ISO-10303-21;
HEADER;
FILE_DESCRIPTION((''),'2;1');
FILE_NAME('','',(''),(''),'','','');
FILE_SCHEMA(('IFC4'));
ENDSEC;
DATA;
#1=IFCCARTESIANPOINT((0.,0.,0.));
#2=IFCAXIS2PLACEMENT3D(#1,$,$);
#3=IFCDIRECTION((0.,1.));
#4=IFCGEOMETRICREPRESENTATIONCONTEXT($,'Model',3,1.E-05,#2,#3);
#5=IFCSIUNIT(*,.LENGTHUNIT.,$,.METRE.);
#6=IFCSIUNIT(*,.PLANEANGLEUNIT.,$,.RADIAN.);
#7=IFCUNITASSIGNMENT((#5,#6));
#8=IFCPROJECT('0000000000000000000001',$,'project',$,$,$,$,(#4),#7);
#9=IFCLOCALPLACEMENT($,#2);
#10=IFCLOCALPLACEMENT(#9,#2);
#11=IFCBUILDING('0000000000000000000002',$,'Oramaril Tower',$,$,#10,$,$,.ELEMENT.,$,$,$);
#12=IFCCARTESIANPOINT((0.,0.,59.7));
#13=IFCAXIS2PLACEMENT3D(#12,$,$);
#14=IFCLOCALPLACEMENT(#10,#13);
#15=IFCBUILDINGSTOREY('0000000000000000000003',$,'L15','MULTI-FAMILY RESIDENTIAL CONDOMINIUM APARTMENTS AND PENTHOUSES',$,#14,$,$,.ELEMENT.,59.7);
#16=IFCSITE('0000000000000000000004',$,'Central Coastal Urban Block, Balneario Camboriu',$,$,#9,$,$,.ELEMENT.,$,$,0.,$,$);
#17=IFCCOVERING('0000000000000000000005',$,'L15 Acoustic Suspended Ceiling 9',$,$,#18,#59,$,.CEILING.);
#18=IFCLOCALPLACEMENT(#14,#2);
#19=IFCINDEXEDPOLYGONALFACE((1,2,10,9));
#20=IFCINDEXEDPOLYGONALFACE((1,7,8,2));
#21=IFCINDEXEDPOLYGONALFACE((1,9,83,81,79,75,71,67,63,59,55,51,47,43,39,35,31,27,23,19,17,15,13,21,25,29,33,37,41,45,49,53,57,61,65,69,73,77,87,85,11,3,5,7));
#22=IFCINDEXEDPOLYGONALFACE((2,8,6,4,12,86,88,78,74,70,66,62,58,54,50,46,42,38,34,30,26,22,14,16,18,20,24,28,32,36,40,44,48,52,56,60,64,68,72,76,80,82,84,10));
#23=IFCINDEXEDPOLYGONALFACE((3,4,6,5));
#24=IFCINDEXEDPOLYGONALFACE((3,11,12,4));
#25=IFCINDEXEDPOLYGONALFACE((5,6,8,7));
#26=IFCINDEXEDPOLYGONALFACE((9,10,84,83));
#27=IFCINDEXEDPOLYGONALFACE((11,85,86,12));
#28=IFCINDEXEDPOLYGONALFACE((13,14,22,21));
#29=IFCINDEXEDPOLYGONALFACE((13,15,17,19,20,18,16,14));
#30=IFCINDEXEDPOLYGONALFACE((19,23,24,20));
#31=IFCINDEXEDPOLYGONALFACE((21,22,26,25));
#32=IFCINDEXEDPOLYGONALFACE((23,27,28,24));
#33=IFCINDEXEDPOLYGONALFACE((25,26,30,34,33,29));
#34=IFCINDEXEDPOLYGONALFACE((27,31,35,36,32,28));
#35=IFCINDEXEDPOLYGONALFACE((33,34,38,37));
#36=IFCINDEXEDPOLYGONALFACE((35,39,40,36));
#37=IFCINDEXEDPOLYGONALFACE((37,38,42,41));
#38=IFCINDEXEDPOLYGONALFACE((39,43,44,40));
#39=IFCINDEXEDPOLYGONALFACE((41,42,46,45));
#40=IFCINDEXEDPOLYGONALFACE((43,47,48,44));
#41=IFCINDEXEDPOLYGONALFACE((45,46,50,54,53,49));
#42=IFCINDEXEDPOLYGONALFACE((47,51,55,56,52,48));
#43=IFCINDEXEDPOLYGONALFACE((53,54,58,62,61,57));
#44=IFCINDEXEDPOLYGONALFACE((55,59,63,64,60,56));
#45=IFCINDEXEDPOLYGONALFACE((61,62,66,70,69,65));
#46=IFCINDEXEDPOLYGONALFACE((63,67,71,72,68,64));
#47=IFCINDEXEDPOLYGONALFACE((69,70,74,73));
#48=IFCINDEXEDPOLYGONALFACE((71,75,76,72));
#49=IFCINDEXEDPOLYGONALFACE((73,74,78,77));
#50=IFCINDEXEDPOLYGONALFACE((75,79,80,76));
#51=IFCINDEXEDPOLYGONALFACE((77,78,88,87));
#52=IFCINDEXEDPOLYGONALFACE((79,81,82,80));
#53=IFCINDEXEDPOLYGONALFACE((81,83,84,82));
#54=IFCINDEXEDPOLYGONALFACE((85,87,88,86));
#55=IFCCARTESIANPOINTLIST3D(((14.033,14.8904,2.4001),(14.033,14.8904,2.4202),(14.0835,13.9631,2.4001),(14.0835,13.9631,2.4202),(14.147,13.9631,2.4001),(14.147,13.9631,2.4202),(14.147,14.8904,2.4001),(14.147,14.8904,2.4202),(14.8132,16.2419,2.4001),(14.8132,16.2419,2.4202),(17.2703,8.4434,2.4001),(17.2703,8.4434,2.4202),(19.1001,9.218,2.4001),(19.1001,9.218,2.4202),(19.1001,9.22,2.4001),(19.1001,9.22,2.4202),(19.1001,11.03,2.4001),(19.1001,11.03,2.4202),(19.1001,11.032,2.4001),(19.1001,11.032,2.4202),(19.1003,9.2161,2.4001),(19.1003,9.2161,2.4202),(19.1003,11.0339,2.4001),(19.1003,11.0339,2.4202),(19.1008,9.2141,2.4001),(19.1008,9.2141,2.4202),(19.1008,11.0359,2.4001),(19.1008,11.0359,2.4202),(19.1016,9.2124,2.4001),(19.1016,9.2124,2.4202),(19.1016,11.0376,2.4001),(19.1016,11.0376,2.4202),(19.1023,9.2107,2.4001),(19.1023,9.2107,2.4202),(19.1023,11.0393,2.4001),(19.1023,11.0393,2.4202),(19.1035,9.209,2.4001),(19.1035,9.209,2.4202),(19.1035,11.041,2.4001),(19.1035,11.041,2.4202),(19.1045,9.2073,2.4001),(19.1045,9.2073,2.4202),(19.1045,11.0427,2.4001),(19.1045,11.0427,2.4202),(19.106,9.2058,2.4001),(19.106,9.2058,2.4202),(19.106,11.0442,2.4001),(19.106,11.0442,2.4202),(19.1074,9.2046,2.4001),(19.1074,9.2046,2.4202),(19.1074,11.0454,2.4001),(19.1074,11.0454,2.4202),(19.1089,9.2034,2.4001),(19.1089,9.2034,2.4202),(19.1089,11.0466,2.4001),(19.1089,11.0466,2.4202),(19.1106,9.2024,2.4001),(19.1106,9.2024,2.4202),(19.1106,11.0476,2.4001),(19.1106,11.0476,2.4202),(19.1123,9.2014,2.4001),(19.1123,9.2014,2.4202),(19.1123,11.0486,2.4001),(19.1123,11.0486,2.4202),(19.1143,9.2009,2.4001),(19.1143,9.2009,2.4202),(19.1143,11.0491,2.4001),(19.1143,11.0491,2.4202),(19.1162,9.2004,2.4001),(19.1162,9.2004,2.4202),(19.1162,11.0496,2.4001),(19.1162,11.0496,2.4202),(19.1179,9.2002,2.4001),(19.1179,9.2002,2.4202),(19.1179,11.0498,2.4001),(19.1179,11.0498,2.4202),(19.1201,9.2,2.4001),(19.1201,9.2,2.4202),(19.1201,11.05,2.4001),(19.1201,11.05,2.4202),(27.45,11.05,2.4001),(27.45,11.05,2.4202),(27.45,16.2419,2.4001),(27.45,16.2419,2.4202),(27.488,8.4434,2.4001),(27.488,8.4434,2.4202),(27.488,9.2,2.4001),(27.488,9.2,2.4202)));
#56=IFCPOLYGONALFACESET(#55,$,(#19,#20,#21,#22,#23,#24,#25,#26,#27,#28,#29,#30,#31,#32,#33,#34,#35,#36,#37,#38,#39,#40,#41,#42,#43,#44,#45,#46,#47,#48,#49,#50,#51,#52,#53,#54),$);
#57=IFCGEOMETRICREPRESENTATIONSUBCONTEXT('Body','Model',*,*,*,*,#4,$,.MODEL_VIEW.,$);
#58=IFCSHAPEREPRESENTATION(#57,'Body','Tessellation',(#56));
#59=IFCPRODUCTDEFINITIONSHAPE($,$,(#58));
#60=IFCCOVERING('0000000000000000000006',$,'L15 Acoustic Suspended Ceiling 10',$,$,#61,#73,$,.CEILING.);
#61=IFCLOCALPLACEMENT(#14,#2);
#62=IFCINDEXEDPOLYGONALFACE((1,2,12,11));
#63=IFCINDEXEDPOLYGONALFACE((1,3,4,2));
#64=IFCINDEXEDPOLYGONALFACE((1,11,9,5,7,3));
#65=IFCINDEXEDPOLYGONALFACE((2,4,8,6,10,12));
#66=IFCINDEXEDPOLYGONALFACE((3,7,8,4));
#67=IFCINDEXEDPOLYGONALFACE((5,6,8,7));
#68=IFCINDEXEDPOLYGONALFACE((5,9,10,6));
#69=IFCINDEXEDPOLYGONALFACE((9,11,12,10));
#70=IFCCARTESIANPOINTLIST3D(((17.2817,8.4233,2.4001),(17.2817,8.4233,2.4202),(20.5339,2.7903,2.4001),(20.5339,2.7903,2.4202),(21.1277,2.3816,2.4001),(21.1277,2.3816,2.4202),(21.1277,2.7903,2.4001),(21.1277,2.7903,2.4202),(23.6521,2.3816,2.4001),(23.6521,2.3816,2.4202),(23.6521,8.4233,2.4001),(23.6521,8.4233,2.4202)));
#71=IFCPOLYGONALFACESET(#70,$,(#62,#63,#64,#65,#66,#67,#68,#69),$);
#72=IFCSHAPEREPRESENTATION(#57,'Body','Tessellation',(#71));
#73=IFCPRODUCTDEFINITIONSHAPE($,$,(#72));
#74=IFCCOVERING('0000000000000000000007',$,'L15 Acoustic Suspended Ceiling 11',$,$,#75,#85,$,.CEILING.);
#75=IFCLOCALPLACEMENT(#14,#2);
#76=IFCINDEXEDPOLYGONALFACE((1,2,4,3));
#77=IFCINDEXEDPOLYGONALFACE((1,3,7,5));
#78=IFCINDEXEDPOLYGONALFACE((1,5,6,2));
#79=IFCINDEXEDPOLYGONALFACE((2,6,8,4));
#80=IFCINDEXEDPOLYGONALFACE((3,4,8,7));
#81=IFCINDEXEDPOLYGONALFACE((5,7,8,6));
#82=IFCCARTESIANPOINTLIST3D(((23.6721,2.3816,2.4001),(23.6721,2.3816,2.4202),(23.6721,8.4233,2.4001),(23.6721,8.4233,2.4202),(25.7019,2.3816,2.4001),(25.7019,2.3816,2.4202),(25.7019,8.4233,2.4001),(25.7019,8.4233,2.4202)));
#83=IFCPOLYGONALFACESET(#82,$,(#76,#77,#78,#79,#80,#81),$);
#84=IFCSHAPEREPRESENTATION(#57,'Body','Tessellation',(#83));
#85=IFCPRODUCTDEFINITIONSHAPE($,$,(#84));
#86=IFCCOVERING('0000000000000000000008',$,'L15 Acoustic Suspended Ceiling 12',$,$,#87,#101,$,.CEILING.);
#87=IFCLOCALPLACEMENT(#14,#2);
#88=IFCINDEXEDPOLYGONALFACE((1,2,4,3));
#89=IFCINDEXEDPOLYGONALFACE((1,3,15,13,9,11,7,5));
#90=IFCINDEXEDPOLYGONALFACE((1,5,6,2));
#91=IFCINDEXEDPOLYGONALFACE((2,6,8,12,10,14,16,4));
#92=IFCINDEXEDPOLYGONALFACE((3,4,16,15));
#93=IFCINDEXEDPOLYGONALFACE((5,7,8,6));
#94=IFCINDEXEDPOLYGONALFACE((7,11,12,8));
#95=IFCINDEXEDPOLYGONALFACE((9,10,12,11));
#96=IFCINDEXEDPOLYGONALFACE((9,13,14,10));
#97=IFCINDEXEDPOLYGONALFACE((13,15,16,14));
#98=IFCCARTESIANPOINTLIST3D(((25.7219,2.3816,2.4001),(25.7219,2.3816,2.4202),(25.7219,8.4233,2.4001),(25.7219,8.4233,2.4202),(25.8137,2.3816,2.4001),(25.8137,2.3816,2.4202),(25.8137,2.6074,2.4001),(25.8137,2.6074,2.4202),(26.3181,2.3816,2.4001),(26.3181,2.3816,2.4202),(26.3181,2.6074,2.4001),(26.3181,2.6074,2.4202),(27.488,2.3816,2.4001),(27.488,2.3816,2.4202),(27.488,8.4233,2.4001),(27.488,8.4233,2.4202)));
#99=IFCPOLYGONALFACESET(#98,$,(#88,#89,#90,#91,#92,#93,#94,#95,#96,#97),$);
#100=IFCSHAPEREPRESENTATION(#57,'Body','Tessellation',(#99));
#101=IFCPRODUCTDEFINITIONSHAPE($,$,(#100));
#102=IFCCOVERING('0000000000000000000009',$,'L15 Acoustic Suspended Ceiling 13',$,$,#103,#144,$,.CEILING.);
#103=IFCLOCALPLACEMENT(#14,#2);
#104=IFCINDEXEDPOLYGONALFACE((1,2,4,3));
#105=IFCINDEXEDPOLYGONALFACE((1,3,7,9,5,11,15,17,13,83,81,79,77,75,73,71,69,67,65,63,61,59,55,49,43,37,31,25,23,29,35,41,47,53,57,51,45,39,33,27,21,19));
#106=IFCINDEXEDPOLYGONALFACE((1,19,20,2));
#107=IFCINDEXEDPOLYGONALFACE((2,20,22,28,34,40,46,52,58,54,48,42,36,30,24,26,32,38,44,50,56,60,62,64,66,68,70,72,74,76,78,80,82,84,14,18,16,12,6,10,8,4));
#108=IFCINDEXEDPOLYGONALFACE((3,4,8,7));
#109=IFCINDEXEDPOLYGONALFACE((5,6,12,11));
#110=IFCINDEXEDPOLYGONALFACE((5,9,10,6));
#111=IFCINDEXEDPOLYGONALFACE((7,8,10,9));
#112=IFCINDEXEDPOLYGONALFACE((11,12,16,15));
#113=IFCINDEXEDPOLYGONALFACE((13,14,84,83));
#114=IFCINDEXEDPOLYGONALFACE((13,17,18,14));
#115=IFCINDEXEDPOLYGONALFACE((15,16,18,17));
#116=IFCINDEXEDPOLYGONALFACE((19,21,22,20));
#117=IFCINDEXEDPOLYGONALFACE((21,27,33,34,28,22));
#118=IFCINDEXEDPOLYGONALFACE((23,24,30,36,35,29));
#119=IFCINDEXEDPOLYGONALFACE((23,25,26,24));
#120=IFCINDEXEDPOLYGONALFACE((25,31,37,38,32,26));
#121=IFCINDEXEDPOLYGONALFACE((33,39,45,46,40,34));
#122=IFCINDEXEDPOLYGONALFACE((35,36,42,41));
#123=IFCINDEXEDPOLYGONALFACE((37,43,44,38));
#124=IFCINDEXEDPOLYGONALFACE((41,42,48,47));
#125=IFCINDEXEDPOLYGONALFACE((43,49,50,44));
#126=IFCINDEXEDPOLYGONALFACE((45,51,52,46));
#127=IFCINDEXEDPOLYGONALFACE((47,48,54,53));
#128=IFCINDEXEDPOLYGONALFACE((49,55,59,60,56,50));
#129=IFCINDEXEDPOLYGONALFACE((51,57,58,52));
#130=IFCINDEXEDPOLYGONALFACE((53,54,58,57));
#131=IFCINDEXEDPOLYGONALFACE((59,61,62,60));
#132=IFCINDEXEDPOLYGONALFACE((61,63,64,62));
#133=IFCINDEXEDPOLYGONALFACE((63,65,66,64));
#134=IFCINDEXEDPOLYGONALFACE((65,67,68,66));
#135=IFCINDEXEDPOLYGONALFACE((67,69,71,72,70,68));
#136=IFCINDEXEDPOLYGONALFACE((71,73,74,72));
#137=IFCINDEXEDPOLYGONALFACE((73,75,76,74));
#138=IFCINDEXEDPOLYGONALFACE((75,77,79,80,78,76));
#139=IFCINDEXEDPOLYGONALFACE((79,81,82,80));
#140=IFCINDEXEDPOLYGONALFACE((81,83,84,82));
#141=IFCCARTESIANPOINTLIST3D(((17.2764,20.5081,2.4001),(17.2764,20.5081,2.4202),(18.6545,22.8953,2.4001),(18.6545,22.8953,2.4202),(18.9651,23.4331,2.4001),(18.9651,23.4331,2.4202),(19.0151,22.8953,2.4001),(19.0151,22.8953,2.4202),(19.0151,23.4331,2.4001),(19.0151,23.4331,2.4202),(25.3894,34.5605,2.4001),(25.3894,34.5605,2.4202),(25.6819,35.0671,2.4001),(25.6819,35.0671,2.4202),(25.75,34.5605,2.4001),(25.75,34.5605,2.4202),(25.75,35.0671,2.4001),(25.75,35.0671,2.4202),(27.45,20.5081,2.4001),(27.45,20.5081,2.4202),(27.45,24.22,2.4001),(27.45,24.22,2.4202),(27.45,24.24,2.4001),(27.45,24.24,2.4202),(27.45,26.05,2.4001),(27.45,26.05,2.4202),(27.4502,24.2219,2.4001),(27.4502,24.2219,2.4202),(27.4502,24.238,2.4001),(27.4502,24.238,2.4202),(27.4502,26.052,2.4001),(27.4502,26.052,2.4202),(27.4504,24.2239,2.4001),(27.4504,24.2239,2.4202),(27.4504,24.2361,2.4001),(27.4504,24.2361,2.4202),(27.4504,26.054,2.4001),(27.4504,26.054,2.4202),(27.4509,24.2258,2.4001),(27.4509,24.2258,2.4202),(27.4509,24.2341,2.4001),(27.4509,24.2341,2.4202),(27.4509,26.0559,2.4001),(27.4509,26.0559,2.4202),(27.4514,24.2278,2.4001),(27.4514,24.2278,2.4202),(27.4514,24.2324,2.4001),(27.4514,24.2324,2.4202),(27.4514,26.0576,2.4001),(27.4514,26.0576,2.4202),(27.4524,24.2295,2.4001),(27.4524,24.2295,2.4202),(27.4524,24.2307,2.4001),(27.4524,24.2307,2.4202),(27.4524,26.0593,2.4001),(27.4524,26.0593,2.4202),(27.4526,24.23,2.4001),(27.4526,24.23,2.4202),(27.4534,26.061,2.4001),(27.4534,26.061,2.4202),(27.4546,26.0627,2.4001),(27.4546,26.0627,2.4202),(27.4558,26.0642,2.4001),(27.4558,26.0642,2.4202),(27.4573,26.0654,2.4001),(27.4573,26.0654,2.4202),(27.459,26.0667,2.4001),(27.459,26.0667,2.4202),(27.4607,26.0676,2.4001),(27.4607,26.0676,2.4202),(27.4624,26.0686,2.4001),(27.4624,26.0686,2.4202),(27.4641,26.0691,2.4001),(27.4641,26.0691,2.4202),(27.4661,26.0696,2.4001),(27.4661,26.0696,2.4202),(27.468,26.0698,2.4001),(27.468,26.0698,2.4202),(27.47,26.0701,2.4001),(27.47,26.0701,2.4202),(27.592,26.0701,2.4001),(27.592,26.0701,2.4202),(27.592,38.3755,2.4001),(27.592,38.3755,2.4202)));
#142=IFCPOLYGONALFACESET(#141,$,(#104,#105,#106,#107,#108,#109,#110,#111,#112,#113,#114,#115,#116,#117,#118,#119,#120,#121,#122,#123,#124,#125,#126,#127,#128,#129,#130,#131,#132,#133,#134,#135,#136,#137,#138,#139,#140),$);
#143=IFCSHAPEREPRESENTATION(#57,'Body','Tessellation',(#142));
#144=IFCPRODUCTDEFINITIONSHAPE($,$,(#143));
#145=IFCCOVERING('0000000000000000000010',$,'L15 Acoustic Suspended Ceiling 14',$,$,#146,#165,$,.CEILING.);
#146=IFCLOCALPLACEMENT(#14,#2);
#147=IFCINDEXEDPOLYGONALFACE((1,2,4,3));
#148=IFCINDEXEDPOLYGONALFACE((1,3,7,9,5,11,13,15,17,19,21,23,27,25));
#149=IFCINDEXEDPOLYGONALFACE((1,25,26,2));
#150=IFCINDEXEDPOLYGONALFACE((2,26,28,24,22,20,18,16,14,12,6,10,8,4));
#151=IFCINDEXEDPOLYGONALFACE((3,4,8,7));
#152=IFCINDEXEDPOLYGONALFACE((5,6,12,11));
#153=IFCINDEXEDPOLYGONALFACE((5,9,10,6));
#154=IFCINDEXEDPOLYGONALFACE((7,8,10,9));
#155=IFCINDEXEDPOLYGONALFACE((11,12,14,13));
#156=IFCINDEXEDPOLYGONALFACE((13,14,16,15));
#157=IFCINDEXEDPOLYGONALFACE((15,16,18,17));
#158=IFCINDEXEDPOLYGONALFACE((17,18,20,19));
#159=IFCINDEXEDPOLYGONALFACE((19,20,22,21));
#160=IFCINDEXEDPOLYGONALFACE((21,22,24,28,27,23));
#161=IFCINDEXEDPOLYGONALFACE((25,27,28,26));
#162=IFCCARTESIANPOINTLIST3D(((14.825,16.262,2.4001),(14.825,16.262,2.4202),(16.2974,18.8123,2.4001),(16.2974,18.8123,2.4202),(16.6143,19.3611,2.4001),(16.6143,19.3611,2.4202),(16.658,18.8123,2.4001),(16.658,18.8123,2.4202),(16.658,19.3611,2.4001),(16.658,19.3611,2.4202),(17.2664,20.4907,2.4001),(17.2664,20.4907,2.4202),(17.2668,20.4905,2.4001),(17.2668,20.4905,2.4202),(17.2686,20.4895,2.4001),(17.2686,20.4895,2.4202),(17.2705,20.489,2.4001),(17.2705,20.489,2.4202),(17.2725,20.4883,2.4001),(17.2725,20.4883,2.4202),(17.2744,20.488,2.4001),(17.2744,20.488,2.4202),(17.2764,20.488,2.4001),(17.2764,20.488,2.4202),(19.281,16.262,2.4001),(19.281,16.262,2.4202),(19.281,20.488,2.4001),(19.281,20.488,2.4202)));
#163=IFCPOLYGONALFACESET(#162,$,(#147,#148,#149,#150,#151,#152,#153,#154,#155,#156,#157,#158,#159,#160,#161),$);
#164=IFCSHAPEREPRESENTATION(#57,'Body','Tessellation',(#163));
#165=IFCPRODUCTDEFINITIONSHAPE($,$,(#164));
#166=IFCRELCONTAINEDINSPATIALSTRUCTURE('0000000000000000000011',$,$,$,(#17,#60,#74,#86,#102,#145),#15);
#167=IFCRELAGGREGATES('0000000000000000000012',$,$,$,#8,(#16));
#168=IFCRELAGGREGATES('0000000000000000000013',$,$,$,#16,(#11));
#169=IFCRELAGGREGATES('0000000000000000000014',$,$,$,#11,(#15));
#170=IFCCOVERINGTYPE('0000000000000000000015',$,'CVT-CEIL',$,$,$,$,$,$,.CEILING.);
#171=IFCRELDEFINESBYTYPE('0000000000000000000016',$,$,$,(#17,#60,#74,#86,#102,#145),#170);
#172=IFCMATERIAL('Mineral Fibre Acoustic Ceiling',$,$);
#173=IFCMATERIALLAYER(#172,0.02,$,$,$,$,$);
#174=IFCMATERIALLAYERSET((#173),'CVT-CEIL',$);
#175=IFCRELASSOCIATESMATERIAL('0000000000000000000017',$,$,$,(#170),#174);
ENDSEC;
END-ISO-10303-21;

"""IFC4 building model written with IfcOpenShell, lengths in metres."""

from ifc_helpers import new_model, si_unit, direction, frame, origin, place, context, subcontext, project, spatial, polyline, outline, extrude, material, layer, layer_set, type_object, element, save


model = new_model("IFC4")

# Units and contexts
model_context = context("Model", 3, precision=1e-05, world=origin(), true_north=direction((0.0, 1.0)))
body_context = subcontext(model_context, "Body", "Model", "MODEL_VIEW")
ifc_project = project(units=[si_unit("LENGTHUNIT", "METRE"), si_unit("PLANEANGLEUNIT", "RADIAN")], contexts=[model_context])

# Site, building, storey
site_placement = place(None, origin())
site = spatial("IfcSite", under=ifc_project, at=site_placement, Name="Central Coastal Urban Block, Balneario Camboriu", CompositionType="ELEMENT", RefElevation=0.0)
building_placement = place(site_placement, origin())
building = spatial("IfcBuilding", under=site, at=building_placement, Name="Oramaril Tower", CompositionType="ELEMENT")
storey_placement = place(building_placement, frame((0.0, 0.0, 59.7)))
storey = spatial("IfcBuildingStorey", under=building, at=storey_placement, Name="L15", Description="MULTI-FAMILY RESIDENTIAL CONDOMINIUM APARTMENTS AND PENTHOUSES", CompositionType="ELEMENT", Elevation=59.7)

# Coverings
ifc_material_1 = material(Name="Mineral Fibre Acoustic Ceiling")
ifc_layer_1 = layer(ifc_material_1, 0.02)
ifc_layer_set_1 = layer_set([ifc_layer_1], Name="CVT-CEIL")
covering_type_1 = type_object("IfcCoveringType", Name="CVT-CEIL", PredefinedType="CEILING", material=ifc_layer_set_1)
covering_1_placement = place(storey_placement, frame((0.0, 0.0, 2.4001)))
element("IfcCovering", 1, at=covering_1_placement, inside=storey, type_object=covering_type_1, Name="L15 Acoustic Suspended Ceiling 9", PredefinedType="CEILING", context=body_context, shape_type="SweptSolid", body=[
    extrude(outline(polyline([(27.45, 16.2419), (27.45, 11.05), (19.1201, 11.05), (19.1179, 11.0498), (19.1162, 11.0496), (19.1143, 11.0491), (19.1123, 11.0486), (19.1106, 11.0476), (19.1089, 11.0466), (19.1074, 11.0454), (19.106, 11.0442), (19.1045, 11.0427), (19.1035, 11.041), (19.1023, 11.0393), (19.1016, 11.0376), (19.1008, 11.0359), (19.1003, 11.0339), (19.1001, 11.032), (19.1001, 11.03), (19.1001, 9.22), (19.1001, 9.218), (19.1003, 9.2161), (19.1008, 9.2141), (19.1016, 9.2124), (19.1023, 9.2107), (19.1035, 9.209), (19.1045, 9.2073), (19.106, 9.2058), (19.1074, 9.2046), (19.1089, 9.2034), (19.1106, 9.2024), (19.1123, 9.2014), (19.1143, 9.2009), (19.1162, 9.2004), (19.1179, 9.2002), (19.1201, 9.2), (27.488, 9.2), (27.488, 8.4434), (17.2703, 8.4434), (14.0835, 13.9631), (14.147, 13.9631), (14.147, 14.8904), (14.033, 14.8904), (14.8132, 16.2419), (27.45, 16.2419)])), origin(), (0.0, 0.0, 1.0), 0.02),
])
covering_2_placement = place(storey_placement, frame((0.0, 0.0, 2.4001)))
element("IfcCovering", 2, at=covering_2_placement, inside=storey, type_object=covering_type_1, Name="L15 Acoustic Suspended Ceiling 10", PredefinedType="CEILING", context=body_context, shape_type="SweptSolid", body=[
    extrude(outline(polyline([(21.1277, 2.3816), (21.1277, 2.7903), (20.5339, 2.7903), (17.2817, 8.4233), (23.6521, 8.4233), (23.6521, 2.3816), (21.1277, 2.3816)])), origin(), (0.0, 0.0, 1.0), 0.02),
])
covering_3_placement = place(storey_placement, frame((0.0, 0.0, 2.4001)))
element("IfcCovering", 3, at=covering_3_placement, inside=storey, type_object=covering_type_1, Name="L15 Acoustic Suspended Ceiling 11", PredefinedType="CEILING", context=body_context, shape_type="SweptSolid", body=[
    extrude(outline(polyline([(23.6721, 2.3816), (23.6721, 8.4233), (25.7019, 8.4233), (25.7019, 2.3816), (23.6721, 2.3816)])), origin(), (0.0, 0.0, 1.0), 0.02),
])
covering_4_placement = place(storey_placement, frame((0.0, 0.0, 2.4001)))
element("IfcCovering", 4, at=covering_4_placement, inside=storey, type_object=covering_type_1, Name="L15 Acoustic Suspended Ceiling 12", PredefinedType="CEILING", context=body_context, shape_type="SweptSolid", body=[
    extrude(outline(polyline([(26.3181, 2.3816), (26.3181, 2.6074), (25.8137, 2.6074), (25.8137, 2.3816), (25.7219, 2.3816), (25.7219, 8.4233), (27.488, 8.4233), (27.488, 2.3816), (26.3181, 2.3816)])), origin(), (0.0, 0.0, 1.0), 0.02),
])
covering_5_placement = place(storey_placement, frame((0.0, 0.0, 2.4001)))
element("IfcCovering", 5, at=covering_5_placement, inside=storey, type_object=covering_type_1, Name="L15 Acoustic Suspended Ceiling 13", PredefinedType="CEILING", context=body_context, shape_type="SweptSolid", body=[
    extrude(outline(polyline([(18.6545, 22.8953), (19.0151, 22.8953), (19.0151, 23.4331), (18.9651, 23.4331), (25.3894, 34.5605), (25.75, 34.5605), (25.75, 35.0671), (25.6819, 35.0671), (27.592, 38.3755), (27.592, 26.0701), (27.47, 26.0701), (27.468, 26.0698), (27.4661, 26.0696), (27.4641, 26.0691), (27.4624, 26.0686), (27.4607, 26.0676), (27.459, 26.0667), (27.4573, 26.0654), (27.4558, 26.0642), (27.4546, 26.0627), (27.4534, 26.061), (27.4524, 26.0593), (27.4514, 26.0576), (27.4509, 26.0559), (27.4504, 26.054), (27.4502, 26.052), (27.45, 26.05), (27.45, 24.24), (27.4502, 24.238), (27.4504, 24.2361), (27.4509, 24.2341), (27.4514, 24.2324), (27.4524, 24.2307), (27.4526, 24.23), (27.4524, 24.2295), (27.4514, 24.2278), (27.4509, 24.2258), (27.4504, 24.2239), (27.4502, 24.2219), (27.45, 24.22), (27.45, 20.5081), (17.2764, 20.5081), (18.6545, 22.8953)])), origin(), (0.0, 0.0, 1.0), 0.02),
])
covering_6_placement = place(storey_placement, frame((0.0, 0.0, 2.4001)))
element("IfcCovering", 6, at=covering_6_placement, inside=storey, type_object=covering_type_1, Name="L15 Acoustic Suspended Ceiling 14", PredefinedType="CEILING", context=body_context, shape_type="SweptSolid", body=[
    extrude(outline(polyline([(16.658, 18.8123), (16.658, 19.3611), (16.6143, 19.3611), (17.2664, 20.4907), (17.2668, 20.4905), (17.2686, 20.4895), (17.2705, 20.489), (17.2725, 20.4883), (17.2744, 20.488), (17.2764, 20.488), (19.281, 20.488), (19.281, 16.262), (14.825, 16.262), (16.2974, 18.8123), (16.658, 18.8123)])), origin(), (0.0, 0.0, 1.0), 0.02),
])

save(model, "model.ifc")
